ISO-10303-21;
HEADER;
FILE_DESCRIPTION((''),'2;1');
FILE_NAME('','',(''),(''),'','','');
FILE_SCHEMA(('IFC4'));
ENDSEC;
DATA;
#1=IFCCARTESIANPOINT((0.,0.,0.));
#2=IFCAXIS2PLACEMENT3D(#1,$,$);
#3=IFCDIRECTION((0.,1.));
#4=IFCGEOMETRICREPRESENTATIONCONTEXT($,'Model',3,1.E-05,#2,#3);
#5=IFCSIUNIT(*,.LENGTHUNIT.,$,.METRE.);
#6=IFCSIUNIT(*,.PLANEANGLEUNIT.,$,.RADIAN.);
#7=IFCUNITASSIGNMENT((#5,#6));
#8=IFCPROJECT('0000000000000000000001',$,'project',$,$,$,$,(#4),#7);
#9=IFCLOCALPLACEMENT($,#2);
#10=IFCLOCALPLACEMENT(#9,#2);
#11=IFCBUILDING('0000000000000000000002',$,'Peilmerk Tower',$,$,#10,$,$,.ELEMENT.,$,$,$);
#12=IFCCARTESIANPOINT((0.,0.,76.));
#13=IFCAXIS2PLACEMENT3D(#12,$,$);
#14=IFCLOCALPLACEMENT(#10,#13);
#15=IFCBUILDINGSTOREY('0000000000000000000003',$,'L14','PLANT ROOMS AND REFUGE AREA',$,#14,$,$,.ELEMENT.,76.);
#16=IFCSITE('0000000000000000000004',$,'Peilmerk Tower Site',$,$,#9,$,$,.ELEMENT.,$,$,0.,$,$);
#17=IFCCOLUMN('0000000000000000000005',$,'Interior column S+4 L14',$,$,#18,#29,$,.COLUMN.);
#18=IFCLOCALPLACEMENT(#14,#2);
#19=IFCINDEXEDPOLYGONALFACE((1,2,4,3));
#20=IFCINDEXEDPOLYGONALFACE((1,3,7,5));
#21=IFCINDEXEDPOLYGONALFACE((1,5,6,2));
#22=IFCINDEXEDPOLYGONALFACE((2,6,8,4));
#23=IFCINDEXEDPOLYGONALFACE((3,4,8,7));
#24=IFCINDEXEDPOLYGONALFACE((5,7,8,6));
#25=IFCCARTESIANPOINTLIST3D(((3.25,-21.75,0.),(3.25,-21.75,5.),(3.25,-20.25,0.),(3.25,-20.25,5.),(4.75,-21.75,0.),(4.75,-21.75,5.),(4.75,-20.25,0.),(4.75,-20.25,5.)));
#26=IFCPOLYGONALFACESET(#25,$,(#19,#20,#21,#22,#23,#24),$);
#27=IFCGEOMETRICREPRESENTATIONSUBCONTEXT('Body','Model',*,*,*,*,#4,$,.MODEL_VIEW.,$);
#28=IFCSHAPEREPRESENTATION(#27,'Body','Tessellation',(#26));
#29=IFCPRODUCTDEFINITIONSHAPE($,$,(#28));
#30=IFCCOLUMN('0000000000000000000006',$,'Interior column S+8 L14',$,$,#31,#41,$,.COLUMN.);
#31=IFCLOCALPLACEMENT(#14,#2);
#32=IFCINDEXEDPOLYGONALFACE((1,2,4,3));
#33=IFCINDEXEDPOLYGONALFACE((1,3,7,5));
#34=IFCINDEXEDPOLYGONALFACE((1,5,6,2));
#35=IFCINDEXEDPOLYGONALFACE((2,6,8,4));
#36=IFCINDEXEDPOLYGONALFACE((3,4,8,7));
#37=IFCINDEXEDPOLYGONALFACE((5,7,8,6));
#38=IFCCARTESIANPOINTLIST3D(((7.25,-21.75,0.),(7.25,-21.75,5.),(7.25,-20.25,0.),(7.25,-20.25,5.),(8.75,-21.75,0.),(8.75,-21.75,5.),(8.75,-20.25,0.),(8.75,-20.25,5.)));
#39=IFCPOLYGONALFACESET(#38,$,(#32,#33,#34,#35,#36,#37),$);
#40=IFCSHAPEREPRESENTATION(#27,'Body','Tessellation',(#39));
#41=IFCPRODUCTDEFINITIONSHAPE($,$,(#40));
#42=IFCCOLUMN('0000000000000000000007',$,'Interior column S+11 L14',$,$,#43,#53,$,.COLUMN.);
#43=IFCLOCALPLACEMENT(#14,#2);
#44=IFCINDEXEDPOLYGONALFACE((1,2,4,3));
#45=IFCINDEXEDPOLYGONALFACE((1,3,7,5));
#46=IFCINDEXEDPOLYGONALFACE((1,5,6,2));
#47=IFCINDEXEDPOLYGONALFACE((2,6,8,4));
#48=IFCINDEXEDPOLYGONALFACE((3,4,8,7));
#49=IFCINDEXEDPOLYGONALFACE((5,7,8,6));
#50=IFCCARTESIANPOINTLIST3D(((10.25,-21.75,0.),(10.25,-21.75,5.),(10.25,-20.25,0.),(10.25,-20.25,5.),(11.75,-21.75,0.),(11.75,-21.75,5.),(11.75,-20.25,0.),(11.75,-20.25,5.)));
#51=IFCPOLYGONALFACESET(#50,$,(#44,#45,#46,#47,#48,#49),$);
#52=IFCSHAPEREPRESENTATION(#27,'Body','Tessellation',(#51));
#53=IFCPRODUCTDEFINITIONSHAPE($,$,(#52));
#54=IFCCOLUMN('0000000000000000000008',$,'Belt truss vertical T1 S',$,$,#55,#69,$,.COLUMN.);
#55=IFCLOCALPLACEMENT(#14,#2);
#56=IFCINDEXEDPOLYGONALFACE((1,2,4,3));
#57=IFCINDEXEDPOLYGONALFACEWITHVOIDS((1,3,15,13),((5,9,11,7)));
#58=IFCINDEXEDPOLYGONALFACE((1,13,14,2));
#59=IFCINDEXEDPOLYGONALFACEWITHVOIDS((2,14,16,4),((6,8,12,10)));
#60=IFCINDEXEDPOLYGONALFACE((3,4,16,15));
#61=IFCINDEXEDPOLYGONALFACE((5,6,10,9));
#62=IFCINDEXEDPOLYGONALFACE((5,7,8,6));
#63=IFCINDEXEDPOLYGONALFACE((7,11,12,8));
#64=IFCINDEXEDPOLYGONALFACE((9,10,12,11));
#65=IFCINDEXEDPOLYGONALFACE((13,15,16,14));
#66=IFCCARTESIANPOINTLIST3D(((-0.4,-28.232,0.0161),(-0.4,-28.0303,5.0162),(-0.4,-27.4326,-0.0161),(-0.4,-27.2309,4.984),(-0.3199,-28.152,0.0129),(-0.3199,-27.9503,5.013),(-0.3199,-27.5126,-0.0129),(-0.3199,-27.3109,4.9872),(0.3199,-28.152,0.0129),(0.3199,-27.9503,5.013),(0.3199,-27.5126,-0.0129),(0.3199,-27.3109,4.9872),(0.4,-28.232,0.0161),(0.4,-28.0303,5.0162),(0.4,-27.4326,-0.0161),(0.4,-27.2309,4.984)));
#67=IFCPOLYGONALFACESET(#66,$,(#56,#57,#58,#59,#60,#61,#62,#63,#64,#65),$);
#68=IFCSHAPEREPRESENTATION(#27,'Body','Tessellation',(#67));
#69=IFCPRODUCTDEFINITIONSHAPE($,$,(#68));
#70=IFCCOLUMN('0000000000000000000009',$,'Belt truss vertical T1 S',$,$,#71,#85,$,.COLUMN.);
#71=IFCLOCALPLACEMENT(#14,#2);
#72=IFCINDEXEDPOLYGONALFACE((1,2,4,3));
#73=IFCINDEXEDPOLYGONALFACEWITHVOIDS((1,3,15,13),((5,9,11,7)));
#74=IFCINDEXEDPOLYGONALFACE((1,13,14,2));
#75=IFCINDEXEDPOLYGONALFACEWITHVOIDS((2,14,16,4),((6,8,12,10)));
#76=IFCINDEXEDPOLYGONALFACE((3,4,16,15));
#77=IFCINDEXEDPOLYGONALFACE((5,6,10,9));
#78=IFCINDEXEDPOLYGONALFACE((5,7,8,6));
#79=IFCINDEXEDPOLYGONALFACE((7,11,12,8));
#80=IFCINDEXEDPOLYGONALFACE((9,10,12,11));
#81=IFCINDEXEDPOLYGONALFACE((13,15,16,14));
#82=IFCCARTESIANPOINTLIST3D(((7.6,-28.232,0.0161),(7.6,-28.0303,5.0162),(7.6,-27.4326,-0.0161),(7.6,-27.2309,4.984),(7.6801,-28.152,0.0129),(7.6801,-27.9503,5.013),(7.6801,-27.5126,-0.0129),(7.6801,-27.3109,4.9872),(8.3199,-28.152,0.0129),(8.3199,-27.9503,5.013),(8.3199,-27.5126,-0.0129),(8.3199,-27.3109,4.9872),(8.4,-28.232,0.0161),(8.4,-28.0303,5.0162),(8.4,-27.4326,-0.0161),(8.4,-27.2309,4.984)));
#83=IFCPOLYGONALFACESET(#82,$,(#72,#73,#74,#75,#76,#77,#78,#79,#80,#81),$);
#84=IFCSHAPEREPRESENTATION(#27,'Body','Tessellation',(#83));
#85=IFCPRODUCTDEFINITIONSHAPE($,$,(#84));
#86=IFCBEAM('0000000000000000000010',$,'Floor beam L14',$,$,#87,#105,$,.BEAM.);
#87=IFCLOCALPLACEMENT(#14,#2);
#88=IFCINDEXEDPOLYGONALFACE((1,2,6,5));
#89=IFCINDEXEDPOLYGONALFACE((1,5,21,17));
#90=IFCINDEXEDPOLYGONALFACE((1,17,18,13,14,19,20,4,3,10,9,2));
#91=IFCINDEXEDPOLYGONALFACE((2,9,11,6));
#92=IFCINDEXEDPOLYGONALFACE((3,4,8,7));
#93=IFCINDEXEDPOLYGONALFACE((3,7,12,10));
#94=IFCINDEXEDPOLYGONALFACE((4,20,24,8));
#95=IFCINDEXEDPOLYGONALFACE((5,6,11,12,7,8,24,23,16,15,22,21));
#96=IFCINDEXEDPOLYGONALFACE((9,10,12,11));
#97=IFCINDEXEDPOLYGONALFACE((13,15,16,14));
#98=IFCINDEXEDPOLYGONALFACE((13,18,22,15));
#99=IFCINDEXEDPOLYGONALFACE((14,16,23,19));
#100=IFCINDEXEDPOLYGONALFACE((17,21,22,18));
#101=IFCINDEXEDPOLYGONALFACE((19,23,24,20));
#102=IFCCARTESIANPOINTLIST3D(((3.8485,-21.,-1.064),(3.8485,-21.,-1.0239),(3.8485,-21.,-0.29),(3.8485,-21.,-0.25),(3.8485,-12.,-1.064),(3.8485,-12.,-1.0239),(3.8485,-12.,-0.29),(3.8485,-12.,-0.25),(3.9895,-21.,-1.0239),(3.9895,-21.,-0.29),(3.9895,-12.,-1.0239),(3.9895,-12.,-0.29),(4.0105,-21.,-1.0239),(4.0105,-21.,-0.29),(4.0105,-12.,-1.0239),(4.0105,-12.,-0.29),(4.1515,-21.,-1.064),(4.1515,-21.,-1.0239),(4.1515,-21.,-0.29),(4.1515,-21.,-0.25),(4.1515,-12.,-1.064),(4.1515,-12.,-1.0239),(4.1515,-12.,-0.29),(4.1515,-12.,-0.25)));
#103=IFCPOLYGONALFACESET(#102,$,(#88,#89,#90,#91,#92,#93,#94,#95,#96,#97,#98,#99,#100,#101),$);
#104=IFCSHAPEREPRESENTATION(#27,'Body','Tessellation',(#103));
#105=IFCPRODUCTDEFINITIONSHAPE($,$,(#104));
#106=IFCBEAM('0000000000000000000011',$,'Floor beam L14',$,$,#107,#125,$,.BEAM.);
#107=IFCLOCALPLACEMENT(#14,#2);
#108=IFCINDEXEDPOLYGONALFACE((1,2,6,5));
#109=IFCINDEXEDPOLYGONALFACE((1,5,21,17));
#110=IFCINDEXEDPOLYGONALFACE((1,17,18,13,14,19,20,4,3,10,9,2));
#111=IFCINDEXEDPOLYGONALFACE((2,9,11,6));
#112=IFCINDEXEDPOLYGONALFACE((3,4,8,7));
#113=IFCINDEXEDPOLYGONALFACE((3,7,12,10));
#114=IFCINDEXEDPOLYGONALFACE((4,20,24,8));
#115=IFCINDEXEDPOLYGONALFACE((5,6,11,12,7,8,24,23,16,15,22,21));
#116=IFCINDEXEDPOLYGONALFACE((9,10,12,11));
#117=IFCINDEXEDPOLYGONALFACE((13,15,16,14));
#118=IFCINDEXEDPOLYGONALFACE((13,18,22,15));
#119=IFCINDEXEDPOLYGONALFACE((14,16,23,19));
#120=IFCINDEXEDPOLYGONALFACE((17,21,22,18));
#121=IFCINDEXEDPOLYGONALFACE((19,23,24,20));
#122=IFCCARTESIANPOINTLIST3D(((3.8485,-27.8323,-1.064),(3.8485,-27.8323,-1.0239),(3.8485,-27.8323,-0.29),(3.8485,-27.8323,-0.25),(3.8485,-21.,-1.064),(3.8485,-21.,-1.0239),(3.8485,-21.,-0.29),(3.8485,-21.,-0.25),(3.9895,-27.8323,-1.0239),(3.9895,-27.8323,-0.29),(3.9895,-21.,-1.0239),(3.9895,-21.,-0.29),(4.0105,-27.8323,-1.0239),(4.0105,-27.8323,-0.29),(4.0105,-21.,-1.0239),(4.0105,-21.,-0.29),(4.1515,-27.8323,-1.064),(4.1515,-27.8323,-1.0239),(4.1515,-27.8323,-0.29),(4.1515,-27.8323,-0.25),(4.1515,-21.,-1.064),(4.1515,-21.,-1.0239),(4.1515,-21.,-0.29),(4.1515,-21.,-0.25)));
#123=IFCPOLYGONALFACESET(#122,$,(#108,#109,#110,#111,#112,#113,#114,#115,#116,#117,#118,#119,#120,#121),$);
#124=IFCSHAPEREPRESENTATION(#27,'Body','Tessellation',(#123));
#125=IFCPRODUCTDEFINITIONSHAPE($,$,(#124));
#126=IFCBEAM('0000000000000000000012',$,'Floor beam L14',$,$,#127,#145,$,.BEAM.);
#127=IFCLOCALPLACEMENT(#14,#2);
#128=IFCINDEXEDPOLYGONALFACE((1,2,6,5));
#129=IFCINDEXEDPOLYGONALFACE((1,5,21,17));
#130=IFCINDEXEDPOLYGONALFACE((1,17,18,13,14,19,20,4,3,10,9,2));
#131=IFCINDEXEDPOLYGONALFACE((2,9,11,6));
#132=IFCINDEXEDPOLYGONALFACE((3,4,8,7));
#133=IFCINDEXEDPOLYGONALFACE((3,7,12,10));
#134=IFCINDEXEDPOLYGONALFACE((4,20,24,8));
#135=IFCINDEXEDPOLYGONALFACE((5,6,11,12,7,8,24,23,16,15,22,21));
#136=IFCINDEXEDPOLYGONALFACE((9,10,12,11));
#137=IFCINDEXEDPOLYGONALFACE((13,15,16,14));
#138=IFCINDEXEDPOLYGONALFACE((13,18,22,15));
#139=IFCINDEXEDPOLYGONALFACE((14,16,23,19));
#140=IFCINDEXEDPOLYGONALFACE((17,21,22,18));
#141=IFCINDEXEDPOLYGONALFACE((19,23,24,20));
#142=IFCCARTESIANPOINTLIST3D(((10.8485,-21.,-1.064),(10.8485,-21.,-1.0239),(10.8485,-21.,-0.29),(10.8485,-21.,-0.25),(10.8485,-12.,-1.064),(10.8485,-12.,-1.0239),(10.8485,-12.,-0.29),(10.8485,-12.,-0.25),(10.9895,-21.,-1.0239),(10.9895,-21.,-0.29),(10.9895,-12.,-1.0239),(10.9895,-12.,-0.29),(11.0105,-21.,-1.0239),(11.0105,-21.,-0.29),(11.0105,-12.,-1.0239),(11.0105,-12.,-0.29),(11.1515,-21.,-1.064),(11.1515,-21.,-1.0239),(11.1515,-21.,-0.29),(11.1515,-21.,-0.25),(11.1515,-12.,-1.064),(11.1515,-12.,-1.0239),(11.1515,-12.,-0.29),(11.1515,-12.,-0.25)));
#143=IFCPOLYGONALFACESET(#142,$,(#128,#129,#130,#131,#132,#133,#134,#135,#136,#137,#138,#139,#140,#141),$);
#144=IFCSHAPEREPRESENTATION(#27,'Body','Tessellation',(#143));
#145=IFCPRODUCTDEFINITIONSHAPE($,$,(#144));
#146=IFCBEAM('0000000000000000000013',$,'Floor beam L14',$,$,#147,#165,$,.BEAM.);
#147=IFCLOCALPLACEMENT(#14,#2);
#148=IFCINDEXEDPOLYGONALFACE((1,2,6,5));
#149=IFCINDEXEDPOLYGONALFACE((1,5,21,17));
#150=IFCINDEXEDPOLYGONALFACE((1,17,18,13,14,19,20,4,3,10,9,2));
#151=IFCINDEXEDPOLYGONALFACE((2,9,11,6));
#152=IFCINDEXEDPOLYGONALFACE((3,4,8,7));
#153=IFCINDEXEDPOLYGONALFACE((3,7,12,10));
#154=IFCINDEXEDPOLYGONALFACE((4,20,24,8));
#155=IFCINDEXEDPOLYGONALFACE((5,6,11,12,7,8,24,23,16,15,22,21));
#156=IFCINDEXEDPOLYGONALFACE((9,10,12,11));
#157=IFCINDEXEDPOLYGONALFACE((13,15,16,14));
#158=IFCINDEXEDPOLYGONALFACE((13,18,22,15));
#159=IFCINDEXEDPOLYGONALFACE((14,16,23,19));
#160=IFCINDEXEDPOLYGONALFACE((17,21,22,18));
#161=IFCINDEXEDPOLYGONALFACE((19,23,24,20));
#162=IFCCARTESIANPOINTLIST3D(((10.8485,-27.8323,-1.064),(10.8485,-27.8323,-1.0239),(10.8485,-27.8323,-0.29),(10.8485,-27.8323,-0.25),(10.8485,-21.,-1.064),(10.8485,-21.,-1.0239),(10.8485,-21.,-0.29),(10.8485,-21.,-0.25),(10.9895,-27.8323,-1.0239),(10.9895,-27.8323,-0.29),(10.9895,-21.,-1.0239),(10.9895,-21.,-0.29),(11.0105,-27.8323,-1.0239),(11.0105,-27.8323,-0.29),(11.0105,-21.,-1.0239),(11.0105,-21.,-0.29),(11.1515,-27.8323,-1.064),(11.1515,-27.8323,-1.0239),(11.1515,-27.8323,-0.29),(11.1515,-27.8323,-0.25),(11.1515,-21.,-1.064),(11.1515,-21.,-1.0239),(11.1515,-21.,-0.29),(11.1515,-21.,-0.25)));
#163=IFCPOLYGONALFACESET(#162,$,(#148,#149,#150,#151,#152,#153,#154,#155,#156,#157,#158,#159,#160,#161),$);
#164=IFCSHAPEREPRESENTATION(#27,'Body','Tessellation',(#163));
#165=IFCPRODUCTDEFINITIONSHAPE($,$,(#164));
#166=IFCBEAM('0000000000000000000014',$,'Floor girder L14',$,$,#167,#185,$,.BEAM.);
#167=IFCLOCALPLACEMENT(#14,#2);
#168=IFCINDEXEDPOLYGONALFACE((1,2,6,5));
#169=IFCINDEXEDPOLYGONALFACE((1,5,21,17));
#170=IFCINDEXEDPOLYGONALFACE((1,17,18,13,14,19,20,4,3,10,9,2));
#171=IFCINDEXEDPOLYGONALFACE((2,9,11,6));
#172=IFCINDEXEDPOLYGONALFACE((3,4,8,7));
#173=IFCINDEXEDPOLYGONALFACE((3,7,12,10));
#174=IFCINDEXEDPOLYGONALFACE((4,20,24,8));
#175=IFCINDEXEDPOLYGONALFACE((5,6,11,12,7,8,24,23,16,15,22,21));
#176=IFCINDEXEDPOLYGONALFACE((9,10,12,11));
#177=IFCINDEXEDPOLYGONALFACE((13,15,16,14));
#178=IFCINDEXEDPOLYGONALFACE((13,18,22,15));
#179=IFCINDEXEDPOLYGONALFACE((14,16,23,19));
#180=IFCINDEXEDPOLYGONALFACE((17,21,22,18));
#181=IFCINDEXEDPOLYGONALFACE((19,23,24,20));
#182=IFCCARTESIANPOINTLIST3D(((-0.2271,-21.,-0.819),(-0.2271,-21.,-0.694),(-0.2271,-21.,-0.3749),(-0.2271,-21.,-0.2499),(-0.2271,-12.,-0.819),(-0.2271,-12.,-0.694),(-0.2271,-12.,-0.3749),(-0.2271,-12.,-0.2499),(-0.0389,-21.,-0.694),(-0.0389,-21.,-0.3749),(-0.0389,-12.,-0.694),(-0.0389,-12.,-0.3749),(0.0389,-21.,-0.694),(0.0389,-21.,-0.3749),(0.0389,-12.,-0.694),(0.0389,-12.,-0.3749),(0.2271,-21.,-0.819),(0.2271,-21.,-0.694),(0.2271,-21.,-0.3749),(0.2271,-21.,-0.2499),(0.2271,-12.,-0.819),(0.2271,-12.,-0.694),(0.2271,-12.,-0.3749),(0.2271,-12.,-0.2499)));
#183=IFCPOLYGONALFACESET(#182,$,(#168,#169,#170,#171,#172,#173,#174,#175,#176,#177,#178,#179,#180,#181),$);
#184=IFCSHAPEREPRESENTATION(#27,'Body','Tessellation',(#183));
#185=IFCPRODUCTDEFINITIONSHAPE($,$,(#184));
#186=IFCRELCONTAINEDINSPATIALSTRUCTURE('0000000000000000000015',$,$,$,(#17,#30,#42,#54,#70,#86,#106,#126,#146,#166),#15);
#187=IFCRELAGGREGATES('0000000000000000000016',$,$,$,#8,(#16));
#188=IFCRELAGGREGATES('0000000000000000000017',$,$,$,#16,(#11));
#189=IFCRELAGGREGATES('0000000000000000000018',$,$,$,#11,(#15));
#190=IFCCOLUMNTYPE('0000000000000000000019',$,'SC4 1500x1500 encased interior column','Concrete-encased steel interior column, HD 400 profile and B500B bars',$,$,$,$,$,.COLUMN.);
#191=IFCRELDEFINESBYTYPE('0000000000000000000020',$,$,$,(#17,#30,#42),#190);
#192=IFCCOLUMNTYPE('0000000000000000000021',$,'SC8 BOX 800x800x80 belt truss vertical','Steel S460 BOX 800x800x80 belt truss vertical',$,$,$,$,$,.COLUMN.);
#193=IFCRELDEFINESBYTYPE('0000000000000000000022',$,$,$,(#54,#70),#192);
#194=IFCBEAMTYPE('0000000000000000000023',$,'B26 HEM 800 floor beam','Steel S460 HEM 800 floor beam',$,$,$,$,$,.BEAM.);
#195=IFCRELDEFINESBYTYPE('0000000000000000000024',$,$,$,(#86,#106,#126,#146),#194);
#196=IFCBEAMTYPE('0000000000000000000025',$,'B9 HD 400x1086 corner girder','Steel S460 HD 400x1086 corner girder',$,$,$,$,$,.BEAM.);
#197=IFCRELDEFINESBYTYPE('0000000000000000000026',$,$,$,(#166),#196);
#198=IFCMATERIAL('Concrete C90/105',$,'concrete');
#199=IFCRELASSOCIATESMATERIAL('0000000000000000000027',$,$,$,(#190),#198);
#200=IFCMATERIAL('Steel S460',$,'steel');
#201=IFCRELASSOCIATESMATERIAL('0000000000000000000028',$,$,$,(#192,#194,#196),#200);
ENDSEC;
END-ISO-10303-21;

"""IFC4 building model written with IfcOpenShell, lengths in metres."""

from ifc_helpers import new_model, si_unit, direction, frame, origin, origin_2d, place, context, subcontext, project, spatial, rectangle, hollow_rectangle, i_section, extrude, material, material_profile, profile_set, type_object, element, save


model = new_model("IFC4")

# Units and contexts
model_context = context("Model", 3, precision=1e-05, world=origin(), true_north=direction((0.0, 1.0)))
body_context = subcontext(model_context, "Body", "Model", "MODEL_VIEW")
ifc_project = project(units=[si_unit("LENGTHUNIT", "METRE"), si_unit("PLANEANGLEUNIT", "RADIAN")], contexts=[model_context])

# Site, building, storey
site_placement = place(None, origin())
site = spatial("IfcSite", under=ifc_project, at=site_placement, Name="Peilmerk Tower Site", CompositionType="ELEMENT", RefElevation=0.0)
building_placement = place(site_placement, origin())
building = spatial("IfcBuilding", under=site, at=building_placement, Name="Peilmerk Tower", CompositionType="ELEMENT")
storey_placement = place(building_placement, frame((0.0, 0.0, 76.0)))
storey = spatial("IfcBuildingStorey", under=building, at=storey_placement, Name="L14", Description="PLANT ROOMS AND REFUGE AREA", CompositionType="ELEMENT", Elevation=76.0)

# Columns
ifc_material_1 = material(Name="Concrete C90/105", Category="concrete")
ifc_material_profile_1 = material_profile(ifc_material_1, rectangle(XDim=1.5, YDim=1.5, at=origin_2d()), Name="RC 1500x1500")
ifc_profile_set_1 = profile_set([ifc_material_profile_1], Name="Concrete C90/105")
column_type_1 = type_object("IfcColumnType", Name="SC4 1500x1500 encased interior column", Description="Concrete-encased steel interior column, HD 400 profile and B500B bars", PredefinedType="COLUMN", material=ifc_profile_set_1)
for number, where, z_axis, x_axis, name in (
    (1, (4.0, -21.0, 0.0), (0.0, 0.0, 1.0), (1.0, 0.0, 0.0), "Interior column S+4 L14"),
    (2, (8.0, -21.0, 0.0), (0.0, 0.0, 1.0), (1.0, 0.0, 0.0), "Interior column S+8 L14"),
    (3, (11.0, -21.0, 0.0), (0.0, 0.0, 1.0), (1.0, 0.0, 0.0), "Interior column S+11 L14"),
):
    element("IfcColumn", number, at=place(storey_placement, frame(where, z_axis=z_axis, x_axis=x_axis)), inside=storey, type_object=column_type_1, Name=name, PredefinedType="COLUMN", context=body_context, shape_type="SweptSolid", body=[
        extrude(rectangle(XDim=1.5, YDim=1.5, at=origin_2d()), origin(), (0.0, 0.0, 1.0), 5.0),
    ])
ifc_material_2 = material(Name="Steel S460", Category="steel")
ifc_material_profile_2 = material_profile(ifc_material_2, hollow_rectangle(XDim=0.8, YDim=0.8, WallThickness=0.0801, at=origin_2d()), Name="BOX 800x800x80")
ifc_profile_set_2 = profile_set([ifc_material_profile_2], Name="Steel S460")
column_type_2 = type_object("IfcColumnType", Name="SC8 BOX 800x800x80 belt truss vertical", Description="Steel S460 BOX 800x800x80 belt truss vertical", PredefinedType="COLUMN", material=ifc_profile_set_2)
for number, where, z_axis, x_axis, name in (
    (4, (0.0, -27.8323, 0.0), (0.0, 0.040299, 0.999188), (-1.0, 0.0, 0.0), "Belt truss vertical T1 S"),
    (5, (8.0, -27.8323, 0.0), (0.0, 0.040299, 0.999188), (-1.0, 0.0, 0.0), "Belt truss vertical T1 S"),
):
    element("IfcColumn", number, at=place(storey_placement, frame(where, z_axis=z_axis, x_axis=x_axis)), inside=storey, type_object=column_type_2, Name=name, PredefinedType="COLUMN", context=body_context, shape_type="SweptSolid", body=[
        extrude(hollow_rectangle(XDim=0.8, YDim=0.8, WallThickness=0.0801, at=origin_2d()), origin(), (0.0, 0.0, 1.0), 5.0042),
    ])

# Beams
ifc_material_profile_3 = material_profile(ifc_material_2, i_section(OverallWidth=0.303, OverallDepth=0.814, WebThickness=0.021, FlangeThickness=0.04, at=origin_2d()), Name="HEM 800")
ifc_profile_set_3 = profile_set([ifc_material_profile_3], Name="Steel S460")
beam_type_1 = type_object("IfcBeamType", Name="B26 HEM 800 floor beam", Description="Steel S460 HEM 800 floor beam", PredefinedType="BEAM", material=ifc_profile_set_3)
beam_1_placement = place(storey_placement, frame((4.0, -12.0, -0.657), z_axis=(0.0, -1.0, 0.0), x_axis=(1.0, 0.0, 0.0)))
element("IfcBeam", 6, at=beam_1_placement, inside=storey, type_object=beam_type_1, Name="Floor beam L14", PredefinedType="BEAM", context=body_context, shape_type="SweptSolid", body=[
    extrude(i_section(OverallWidth=0.303, OverallDepth=0.814, WebThickness=0.021, FlangeThickness=0.04, at=origin_2d()), origin(), (0.0, 0.0, 1.0), 9.0),
])
beam_2_placement = place(storey_placement, frame((4.0, -21.0, -0.657), z_axis=(0.0, -1.0, 0.0), x_axis=(1.0, 0.0, 0.0)))
element("IfcBeam", 7, at=beam_2_placement, inside=storey, type_object=beam_type_1, Name="Floor beam L14", PredefinedType="BEAM", context=body_context, shape_type="SweptSolid", body=[
    extrude(i_section(OverallWidth=0.303, OverallDepth=0.814, WebThickness=0.021, FlangeThickness=0.04, at=origin_2d()), origin(), (0.0, 0.0, 1.0), 6.8323),
])
beam_3_placement = place(storey_placement, frame((11.0, -12.0, -0.657), z_axis=(0.0, -1.0, 0.0), x_axis=(1.0, 0.0, 0.0)))
element("IfcBeam", 8, at=beam_3_placement, inside=storey, type_object=beam_type_1, Name="Floor beam L14", PredefinedType="BEAM", context=body_context, shape_type="SweptSolid", body=[
    extrude(i_section(OverallWidth=0.303, OverallDepth=0.814, WebThickness=0.021, FlangeThickness=0.04, at=origin_2d()), origin(), (0.0, 0.0, 1.0), 9.0),
])
beam_4_placement = place(storey_placement, frame((11.0, -21.0, -0.657), z_axis=(0.0, -1.0, 0.0), x_axis=(1.0, 0.0, 0.0)))
element("IfcBeam", 9, at=beam_4_placement, inside=storey, type_object=beam_type_1, Name="Floor beam L14", PredefinedType="BEAM", context=body_context, shape_type="SweptSolid", body=[
    extrude(i_section(OverallWidth=0.303, OverallDepth=0.814, WebThickness=0.021, FlangeThickness=0.04, at=origin_2d()), origin(), (0.0, 0.0, 1.0), 6.8323),
])
ifc_material_profile_4 = material_profile(ifc_material_2, i_section(OverallWidth=0.4541, OverallDepth=0.5691, WebThickness=0.0779, FlangeThickness=0.125, at=origin_2d()), Name="HD 400x1086")
ifc_profile_set_4 = profile_set([ifc_material_profile_4], Name="Steel S460")
beam_type_2 = type_object("IfcBeamType", Name="B9 HD 400x1086 corner girder", Description="Steel S460 HD 400x1086 corner girder", PredefinedType="BEAM", material=ifc_profile_set_4)
beam_5_placement = place(storey_placement, frame((0.0, -12.0, -0.5344), z_axis=(0.0, -1.0, 0.0), x_axis=(1.0, 0.0, 0.0)))
element("IfcBeam", 10, at=beam_5_placement, inside=storey, type_object=beam_type_2, Name="Floor girder L14", PredefinedType="BEAM", context=body_context, shape_type="SweptSolid", body=[
    extrude(i_section(OverallWidth=0.4541, OverallDepth=0.5691, WebThickness=0.0779, FlangeThickness=0.125, at=origin_2d()), origin(), (0.0, 0.0, 1.0), 9.0),
])

save(model, "model.ifc")
